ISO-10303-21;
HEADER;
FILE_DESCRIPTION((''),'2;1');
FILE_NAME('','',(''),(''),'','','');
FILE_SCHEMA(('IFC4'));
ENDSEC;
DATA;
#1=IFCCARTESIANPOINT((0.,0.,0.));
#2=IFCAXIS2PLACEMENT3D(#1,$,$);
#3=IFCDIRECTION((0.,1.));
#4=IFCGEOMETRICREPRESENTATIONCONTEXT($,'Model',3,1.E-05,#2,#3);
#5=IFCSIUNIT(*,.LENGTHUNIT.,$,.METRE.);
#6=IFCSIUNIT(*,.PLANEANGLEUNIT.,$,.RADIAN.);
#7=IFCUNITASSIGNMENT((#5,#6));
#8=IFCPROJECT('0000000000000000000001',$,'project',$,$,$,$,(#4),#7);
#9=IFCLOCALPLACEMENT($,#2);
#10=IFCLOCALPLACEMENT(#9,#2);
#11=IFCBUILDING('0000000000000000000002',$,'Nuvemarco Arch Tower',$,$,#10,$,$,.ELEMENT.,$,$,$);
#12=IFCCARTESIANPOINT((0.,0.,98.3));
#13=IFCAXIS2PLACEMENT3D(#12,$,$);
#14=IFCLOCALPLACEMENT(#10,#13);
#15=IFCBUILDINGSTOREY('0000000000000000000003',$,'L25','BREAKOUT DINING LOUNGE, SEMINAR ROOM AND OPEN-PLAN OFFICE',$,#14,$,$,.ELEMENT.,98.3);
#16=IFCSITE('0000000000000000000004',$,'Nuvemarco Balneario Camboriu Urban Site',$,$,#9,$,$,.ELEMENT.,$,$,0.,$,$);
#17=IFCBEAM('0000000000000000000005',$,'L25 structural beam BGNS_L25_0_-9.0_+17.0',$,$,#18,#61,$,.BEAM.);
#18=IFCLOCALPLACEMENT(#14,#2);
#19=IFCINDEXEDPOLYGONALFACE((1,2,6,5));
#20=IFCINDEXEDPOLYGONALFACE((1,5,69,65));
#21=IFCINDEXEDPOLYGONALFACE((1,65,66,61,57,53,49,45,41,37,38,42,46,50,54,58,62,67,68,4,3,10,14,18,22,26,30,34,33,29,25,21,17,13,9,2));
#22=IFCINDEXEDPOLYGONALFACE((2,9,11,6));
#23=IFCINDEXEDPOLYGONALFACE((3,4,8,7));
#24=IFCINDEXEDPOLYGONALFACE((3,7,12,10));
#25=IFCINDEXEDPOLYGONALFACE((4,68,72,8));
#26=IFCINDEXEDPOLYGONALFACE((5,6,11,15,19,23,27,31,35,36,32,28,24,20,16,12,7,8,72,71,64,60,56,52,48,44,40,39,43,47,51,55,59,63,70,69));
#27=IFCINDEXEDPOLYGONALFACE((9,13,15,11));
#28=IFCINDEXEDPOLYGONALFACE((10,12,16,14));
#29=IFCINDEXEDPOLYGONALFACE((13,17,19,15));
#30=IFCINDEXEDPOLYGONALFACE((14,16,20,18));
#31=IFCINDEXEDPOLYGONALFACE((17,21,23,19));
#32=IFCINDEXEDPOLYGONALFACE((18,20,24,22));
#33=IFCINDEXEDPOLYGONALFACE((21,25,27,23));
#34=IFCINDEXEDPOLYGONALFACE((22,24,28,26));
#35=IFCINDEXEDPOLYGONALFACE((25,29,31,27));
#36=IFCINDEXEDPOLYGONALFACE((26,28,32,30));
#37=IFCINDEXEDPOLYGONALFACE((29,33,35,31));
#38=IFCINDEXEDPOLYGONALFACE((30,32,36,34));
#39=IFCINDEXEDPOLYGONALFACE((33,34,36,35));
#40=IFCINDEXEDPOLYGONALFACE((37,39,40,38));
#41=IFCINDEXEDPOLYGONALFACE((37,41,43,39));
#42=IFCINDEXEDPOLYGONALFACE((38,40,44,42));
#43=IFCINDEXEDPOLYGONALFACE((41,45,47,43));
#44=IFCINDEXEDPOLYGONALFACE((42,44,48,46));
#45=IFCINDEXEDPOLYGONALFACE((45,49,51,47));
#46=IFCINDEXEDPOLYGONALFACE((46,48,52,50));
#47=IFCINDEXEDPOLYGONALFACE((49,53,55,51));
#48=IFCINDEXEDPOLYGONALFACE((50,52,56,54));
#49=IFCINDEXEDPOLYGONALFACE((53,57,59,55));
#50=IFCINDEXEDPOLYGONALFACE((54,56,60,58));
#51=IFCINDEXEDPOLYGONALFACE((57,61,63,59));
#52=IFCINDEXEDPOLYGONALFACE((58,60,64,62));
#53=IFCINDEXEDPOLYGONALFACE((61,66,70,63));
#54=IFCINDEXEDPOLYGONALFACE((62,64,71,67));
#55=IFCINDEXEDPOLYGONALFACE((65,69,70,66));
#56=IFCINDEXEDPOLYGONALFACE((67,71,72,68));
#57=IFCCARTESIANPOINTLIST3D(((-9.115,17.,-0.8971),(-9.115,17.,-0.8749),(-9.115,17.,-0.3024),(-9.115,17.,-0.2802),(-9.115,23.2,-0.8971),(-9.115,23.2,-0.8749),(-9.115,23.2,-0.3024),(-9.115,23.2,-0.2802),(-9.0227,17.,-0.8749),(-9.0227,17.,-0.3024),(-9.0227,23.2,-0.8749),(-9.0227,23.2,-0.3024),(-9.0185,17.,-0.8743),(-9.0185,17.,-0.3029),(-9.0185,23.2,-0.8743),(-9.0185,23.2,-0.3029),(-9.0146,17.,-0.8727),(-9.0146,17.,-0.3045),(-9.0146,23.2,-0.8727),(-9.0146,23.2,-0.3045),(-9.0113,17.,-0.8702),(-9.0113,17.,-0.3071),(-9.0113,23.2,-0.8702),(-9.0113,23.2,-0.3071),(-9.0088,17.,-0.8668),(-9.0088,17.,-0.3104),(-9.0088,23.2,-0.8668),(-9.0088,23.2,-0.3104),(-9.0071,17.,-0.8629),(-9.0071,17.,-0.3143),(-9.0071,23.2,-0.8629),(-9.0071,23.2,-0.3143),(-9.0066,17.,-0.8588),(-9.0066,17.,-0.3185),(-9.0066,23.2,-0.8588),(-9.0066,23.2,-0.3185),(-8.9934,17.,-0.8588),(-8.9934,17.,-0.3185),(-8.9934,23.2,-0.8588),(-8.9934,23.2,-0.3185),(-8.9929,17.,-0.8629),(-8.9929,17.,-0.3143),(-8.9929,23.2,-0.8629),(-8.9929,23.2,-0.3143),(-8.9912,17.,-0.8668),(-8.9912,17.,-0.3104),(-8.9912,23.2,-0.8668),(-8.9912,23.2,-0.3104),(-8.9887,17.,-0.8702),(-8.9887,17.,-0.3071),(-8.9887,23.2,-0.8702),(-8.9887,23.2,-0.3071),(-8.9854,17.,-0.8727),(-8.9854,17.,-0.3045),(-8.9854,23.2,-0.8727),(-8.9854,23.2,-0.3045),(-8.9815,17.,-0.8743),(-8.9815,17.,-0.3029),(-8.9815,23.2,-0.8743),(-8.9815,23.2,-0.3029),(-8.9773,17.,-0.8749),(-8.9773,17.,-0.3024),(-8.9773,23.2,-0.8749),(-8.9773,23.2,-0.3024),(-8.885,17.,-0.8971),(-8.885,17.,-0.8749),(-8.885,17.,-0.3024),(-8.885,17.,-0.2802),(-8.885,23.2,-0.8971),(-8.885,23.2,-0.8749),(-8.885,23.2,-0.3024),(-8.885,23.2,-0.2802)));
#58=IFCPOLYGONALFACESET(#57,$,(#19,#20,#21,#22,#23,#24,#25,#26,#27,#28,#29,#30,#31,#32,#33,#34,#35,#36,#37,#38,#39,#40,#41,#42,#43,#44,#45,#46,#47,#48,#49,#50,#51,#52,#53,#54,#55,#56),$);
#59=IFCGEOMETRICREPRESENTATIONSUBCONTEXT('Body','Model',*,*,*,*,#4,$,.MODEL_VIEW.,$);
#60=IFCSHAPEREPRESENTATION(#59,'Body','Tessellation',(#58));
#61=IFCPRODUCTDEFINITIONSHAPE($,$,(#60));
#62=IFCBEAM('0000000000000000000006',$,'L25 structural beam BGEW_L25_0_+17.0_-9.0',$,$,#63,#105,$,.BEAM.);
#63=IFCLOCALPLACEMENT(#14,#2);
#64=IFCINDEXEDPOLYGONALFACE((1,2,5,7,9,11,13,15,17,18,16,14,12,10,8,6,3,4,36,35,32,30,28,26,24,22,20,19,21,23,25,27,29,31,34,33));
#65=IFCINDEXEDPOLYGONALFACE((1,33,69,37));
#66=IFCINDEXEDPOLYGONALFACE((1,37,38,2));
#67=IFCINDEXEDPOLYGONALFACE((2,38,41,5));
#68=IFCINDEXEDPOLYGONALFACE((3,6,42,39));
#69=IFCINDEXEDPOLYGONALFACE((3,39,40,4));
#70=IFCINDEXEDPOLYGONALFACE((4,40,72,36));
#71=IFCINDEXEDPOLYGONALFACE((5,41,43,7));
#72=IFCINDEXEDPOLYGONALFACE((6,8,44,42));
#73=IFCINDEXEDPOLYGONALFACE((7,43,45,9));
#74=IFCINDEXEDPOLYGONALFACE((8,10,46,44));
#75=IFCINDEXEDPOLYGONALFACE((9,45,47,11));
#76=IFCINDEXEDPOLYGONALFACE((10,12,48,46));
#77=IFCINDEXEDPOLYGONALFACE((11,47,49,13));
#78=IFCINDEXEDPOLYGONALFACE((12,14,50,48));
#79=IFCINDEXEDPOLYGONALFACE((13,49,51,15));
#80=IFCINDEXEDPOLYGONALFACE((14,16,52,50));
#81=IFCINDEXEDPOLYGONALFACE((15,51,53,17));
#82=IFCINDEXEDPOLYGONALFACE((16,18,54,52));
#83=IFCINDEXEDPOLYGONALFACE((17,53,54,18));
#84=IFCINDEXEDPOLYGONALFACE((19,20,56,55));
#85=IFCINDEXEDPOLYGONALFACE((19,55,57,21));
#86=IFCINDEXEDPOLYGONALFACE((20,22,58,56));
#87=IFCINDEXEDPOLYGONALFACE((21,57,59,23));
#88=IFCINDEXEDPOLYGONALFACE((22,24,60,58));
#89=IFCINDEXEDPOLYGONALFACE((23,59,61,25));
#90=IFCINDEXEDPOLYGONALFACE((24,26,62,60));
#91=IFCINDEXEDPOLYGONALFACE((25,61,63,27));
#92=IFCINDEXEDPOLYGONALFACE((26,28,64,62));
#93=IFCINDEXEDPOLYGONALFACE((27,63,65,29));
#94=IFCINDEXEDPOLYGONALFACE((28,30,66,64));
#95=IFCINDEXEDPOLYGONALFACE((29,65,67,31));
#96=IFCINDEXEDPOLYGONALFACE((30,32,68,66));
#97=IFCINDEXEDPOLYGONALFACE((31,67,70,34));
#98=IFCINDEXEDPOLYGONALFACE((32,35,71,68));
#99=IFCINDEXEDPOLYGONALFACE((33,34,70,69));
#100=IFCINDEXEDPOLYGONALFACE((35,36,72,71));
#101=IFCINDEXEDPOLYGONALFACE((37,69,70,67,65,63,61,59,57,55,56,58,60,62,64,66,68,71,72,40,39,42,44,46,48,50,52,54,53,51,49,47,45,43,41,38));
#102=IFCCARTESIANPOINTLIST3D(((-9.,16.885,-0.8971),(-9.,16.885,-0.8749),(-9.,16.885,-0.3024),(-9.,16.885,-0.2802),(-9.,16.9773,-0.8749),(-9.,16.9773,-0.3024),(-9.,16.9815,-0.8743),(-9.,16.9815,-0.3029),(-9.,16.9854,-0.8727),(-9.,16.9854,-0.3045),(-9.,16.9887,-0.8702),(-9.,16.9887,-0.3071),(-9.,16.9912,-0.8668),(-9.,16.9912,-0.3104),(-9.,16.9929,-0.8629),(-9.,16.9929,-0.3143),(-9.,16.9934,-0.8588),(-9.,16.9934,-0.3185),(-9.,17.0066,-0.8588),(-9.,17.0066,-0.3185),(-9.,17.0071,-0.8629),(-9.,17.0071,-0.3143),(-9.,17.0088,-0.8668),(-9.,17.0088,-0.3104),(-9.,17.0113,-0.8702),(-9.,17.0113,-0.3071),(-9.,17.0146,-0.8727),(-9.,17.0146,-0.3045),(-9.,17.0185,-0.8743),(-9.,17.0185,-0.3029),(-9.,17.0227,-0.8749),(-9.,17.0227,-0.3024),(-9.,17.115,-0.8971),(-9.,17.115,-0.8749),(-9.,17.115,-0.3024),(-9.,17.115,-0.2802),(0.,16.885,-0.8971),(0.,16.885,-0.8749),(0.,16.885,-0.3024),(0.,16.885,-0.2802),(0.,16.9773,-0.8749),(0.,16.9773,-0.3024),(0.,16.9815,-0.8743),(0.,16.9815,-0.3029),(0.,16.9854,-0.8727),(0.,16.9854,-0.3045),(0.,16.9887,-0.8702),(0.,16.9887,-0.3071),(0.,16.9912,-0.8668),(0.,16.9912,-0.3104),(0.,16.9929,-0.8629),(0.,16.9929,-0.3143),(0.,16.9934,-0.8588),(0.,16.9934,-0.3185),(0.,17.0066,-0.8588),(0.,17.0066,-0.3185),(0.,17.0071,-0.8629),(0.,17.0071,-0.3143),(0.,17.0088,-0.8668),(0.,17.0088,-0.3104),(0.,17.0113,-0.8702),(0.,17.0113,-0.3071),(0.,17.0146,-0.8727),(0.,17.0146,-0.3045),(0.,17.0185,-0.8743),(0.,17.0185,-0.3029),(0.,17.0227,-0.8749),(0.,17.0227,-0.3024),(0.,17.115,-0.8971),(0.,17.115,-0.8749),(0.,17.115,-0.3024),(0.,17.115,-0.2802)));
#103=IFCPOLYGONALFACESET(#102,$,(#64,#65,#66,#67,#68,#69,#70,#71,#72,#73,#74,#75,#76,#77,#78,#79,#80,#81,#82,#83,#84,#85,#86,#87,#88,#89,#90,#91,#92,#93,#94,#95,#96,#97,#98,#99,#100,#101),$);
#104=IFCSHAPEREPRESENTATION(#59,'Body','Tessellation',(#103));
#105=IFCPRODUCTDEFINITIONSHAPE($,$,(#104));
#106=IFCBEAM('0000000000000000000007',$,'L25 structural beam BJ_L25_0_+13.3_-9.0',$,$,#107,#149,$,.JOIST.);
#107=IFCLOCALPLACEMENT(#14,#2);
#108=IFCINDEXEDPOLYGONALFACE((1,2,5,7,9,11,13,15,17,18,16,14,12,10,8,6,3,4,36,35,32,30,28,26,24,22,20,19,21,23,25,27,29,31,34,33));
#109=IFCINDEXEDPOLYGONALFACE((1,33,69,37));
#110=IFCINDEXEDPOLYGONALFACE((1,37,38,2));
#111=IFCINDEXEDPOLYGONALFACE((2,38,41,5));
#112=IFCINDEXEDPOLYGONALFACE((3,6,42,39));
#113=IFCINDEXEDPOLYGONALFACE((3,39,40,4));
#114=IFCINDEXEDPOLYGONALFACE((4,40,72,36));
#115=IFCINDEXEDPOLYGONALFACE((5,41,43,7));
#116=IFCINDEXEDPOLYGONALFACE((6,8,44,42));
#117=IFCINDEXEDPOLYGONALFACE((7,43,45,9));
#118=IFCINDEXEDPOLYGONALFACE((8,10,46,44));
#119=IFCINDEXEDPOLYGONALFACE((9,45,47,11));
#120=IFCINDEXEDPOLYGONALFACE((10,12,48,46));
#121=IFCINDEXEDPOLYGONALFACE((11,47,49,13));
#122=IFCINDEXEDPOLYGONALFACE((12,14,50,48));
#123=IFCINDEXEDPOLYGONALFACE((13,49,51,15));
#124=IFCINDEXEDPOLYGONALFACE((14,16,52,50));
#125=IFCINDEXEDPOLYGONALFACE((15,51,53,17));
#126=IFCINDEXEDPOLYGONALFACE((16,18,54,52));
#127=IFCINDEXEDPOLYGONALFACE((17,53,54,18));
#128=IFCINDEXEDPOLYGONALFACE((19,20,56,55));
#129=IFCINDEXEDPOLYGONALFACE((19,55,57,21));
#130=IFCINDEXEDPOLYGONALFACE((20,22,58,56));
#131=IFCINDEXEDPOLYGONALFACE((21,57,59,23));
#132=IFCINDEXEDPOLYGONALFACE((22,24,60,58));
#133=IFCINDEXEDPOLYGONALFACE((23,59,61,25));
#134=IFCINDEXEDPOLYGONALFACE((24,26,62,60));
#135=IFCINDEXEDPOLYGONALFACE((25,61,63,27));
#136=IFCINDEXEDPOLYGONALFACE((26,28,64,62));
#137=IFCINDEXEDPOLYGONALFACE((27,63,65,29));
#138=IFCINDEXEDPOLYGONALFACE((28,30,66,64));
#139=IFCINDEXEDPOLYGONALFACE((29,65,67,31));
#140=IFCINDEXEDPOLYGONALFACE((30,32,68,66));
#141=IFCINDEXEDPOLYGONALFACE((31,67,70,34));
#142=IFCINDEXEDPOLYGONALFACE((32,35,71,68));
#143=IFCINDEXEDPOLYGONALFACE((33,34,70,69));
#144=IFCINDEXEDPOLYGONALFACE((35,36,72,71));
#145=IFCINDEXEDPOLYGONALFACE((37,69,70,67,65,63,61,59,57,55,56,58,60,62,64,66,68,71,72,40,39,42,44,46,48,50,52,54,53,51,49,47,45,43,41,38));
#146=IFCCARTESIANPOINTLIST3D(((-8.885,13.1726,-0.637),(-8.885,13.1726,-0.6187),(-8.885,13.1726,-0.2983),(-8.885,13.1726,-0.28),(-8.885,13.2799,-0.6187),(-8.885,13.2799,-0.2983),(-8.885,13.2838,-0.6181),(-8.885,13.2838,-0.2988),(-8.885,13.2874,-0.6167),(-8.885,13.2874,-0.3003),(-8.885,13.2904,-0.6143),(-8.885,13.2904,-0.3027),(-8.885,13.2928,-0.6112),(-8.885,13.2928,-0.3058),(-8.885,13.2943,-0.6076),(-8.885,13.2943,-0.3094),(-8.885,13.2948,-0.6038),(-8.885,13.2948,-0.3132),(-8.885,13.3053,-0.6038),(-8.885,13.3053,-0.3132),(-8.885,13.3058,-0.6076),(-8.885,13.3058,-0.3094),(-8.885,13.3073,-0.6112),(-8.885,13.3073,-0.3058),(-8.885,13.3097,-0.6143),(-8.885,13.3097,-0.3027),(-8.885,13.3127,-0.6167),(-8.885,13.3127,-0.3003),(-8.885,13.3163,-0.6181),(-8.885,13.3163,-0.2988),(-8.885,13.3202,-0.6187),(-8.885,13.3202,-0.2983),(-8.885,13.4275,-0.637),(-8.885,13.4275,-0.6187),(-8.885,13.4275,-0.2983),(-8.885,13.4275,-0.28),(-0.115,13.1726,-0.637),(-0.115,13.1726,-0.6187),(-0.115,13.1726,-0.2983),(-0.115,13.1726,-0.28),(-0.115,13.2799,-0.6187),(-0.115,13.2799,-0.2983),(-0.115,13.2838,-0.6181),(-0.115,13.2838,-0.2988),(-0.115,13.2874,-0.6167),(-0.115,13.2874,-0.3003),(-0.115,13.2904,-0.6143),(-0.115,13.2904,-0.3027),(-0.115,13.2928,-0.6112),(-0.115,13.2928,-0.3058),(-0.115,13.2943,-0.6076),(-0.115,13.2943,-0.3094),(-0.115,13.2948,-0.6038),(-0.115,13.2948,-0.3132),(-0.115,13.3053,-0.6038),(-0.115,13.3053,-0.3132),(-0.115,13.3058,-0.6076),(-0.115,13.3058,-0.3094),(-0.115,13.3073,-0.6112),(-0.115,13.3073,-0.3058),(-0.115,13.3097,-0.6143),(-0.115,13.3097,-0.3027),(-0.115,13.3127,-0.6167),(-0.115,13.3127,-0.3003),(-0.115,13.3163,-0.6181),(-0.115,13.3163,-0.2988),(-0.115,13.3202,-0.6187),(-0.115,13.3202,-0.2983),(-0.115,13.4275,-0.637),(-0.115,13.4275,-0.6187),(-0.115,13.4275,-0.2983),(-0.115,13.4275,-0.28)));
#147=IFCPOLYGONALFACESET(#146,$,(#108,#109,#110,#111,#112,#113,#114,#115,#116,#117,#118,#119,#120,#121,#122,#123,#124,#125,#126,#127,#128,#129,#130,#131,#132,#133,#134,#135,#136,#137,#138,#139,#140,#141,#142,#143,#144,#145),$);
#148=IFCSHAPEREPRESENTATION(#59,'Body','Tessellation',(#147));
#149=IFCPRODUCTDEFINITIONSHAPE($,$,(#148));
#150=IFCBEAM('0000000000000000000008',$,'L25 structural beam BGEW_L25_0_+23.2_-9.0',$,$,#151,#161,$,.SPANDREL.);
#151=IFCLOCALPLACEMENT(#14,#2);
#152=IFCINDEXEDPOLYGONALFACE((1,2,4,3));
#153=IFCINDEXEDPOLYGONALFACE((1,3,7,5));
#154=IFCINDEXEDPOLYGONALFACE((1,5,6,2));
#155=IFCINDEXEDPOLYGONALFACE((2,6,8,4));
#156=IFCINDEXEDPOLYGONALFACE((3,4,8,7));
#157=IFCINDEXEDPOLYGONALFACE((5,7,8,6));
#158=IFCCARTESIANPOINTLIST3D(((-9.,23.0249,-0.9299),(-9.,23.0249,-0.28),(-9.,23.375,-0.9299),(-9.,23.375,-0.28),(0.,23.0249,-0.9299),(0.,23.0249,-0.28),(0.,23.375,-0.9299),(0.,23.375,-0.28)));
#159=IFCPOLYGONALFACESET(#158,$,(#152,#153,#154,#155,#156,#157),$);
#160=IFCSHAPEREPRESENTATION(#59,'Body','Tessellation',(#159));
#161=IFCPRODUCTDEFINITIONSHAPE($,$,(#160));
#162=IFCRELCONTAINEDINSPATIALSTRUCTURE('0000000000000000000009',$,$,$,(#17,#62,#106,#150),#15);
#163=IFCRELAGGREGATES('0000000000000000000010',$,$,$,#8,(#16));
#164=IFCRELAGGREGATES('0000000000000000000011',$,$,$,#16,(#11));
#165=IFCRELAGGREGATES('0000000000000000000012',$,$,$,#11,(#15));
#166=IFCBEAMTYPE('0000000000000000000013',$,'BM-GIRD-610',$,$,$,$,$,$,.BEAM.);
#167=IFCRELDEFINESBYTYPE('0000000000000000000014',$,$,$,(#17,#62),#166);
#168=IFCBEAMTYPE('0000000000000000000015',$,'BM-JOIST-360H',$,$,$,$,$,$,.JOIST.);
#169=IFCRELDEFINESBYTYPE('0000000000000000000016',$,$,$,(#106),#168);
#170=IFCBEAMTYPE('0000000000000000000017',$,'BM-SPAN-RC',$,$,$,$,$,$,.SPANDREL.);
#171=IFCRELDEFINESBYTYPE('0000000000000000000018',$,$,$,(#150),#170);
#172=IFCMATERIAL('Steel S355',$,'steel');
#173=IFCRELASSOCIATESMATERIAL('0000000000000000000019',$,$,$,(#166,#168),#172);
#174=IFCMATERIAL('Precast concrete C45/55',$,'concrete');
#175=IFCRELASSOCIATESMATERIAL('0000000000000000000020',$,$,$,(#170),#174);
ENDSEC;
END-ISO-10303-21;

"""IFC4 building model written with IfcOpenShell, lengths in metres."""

from ifc_helpers import new_model, si_unit, direction, frame, origin, origin_2d, place, context, subcontext, project, spatial, rectangle, i_section, extrude, material, material_profile, profile_set, type_object, element, save


model = new_model("IFC4")

# Units and contexts
model_context = context("Model", 3, precision=1e-05, world=origin(), true_north=direction((0.0, 1.0)))
body_context = subcontext(model_context, "Body", "Model", "MODEL_VIEW")
ifc_project = project(units=[si_unit("LENGTHUNIT", "METRE"), si_unit("PLANEANGLEUNIT", "RADIAN")], contexts=[model_context])

# Site, building, storey
site_placement = place(None, origin())
site = spatial("IfcSite", under=ifc_project, at=site_placement, Name="Nuvemarco Balneario Camboriu Urban Site", CompositionType="ELEMENT", RefElevation=0.0)
building_placement = place(site_placement, origin())
building = spatial("IfcBuilding", under=site, at=building_placement, Name="Nuvemarco Arch Tower", CompositionType="ELEMENT")
storey_placement = place(building_placement, frame((0.0, 0.0, 98.3)))
storey = spatial("IfcBuildingStorey", under=building, at=storey_placement, Name="L25", Description="BREAKOUT DINING LOUNGE, SEMINAR ROOM AND OPEN-PLAN OFFICE", CompositionType="ELEMENT", Elevation=98.3)

# Shared definitions
ifc_material_1 = material(Name="Steel S355", Category="steel")

# Beams
ifc_material_profile_1 = material_profile(ifc_material_1, i_section(OverallWidth=0.23, OverallDepth=0.6169, WebThickness=0.0132, FlangeThickness=0.0222, FilletRadius=0.0161, at=origin_2d()), Name="W610x140")
ifc_profile_set_1 = profile_set([ifc_material_profile_1], Name="Steel S355")
beam_type_1 = type_object("IfcBeamType", Name="BM-GIRD-610", PredefinedType="BEAM", material=ifc_profile_set_1)
beam_1_placement = place(storey_placement, frame((-9.0, 17.0, -0.5886), z_axis=(0.0, 1.0, 0.0), x_axis=(-1.0, 0.0, 0.0)))
element("IfcBeam", 1, at=beam_1_placement, inside=storey, type_object=beam_type_1, Name="L25 structural beam BGNS_L25_0_-9.0_+17.0", PredefinedType="BEAM", context=body_context, shape_type="SweptSolid", body=[
    extrude(i_section(OverallWidth=0.23, OverallDepth=0.6169, WebThickness=0.0132, FlangeThickness=0.0222, FilletRadius=0.0161, at=origin_2d()), origin(), (0.0, 0.0, 1.0), 6.2),
])
beam_2_placement = place(storey_placement, frame((-9.0, 17.0, -0.5886), z_axis=(1.0, 0.0, 0.0), x_axis=(0.0, 1.0, 0.0)))
element("IfcBeam", 2, at=beam_2_placement, inside=storey, type_object=beam_type_1, Name="L25 structural beam BGEW_L25_0_+17.0_-9.0", PredefinedType="BEAM", context=body_context, shape_type="SweptSolid", body=[
    extrude(i_section(OverallWidth=0.23, OverallDepth=0.6169, WebThickness=0.0132, FlangeThickness=0.0222, FilletRadius=0.0161, at=origin_2d()), origin(), (0.0, 0.0, 1.0), 9.0),
])
ifc_material_profile_2 = material_profile(ifc_material_1, i_section(OverallWidth=0.2549, OverallDepth=0.3569, WebThickness=0.0105, FlangeThickness=0.0183, FilletRadius=0.0149, at=origin_2d()), Name="W360x101")
ifc_profile_set_2 = profile_set([ifc_material_profile_2], Name="Steel S355")
beam_type_2 = type_object("IfcBeamType", Name="BM-JOIST-360H", PredefinedType="JOIST", material=ifc_profile_set_2)
beam_3_placement = place(storey_placement, frame((-8.885, 13.3, -0.4585), z_axis=(1.0, 0.0, 0.0), x_axis=(0.0, 1.0, 0.0)))
element("IfcBeam", 3, at=beam_3_placement, inside=storey, type_object=beam_type_2, Name="L25 structural beam BJ_L25_0_+13.3_-9.0", PredefinedType="JOIST", context=body_context, shape_type="SweptSolid", body=[
    extrude(i_section(OverallWidth=0.2549, OverallDepth=0.3569, WebThickness=0.0105, FlangeThickness=0.0183, FilletRadius=0.0149, at=origin_2d()), origin(), (0.0, 0.0, 1.0), 8.77),
])
ifc_material_2 = material(Name="Precast concrete C45/55", Category="concrete")
ifc_material_profile_3 = material_profile(ifc_material_2, rectangle(XDim=0.3501, YDim=0.6499, at=origin_2d()), Name="PC-SP-350x650")
ifc_profile_set_3 = profile_set([ifc_material_profile_3], Name="Precast concrete C45/55")
beam_type_3 = type_object("IfcBeamType", Name="BM-SPAN-RC", PredefinedType="SPANDREL", material=ifc_profile_set_3)
beam_4_placement = place(storey_placement, frame((-9.0, 23.2, -0.605), z_axis=(1.0, 0.0, 0.0), x_axis=(0.0, 1.0, 0.0)))
element("IfcBeam", 4, at=beam_4_placement, inside=storey, type_object=beam_type_3, Name="L25 structural beam BGEW_L25_0_+23.2_-9.0", PredefinedType="SPANDREL", context=body_context, shape_type="SweptSolid", body=[
    extrude(rectangle(XDim=0.3501, YDim=0.6499, at=origin_2d()), origin(), (0.0, 0.0, 1.0), 9.0),
])

save(model, "model.ifc")
